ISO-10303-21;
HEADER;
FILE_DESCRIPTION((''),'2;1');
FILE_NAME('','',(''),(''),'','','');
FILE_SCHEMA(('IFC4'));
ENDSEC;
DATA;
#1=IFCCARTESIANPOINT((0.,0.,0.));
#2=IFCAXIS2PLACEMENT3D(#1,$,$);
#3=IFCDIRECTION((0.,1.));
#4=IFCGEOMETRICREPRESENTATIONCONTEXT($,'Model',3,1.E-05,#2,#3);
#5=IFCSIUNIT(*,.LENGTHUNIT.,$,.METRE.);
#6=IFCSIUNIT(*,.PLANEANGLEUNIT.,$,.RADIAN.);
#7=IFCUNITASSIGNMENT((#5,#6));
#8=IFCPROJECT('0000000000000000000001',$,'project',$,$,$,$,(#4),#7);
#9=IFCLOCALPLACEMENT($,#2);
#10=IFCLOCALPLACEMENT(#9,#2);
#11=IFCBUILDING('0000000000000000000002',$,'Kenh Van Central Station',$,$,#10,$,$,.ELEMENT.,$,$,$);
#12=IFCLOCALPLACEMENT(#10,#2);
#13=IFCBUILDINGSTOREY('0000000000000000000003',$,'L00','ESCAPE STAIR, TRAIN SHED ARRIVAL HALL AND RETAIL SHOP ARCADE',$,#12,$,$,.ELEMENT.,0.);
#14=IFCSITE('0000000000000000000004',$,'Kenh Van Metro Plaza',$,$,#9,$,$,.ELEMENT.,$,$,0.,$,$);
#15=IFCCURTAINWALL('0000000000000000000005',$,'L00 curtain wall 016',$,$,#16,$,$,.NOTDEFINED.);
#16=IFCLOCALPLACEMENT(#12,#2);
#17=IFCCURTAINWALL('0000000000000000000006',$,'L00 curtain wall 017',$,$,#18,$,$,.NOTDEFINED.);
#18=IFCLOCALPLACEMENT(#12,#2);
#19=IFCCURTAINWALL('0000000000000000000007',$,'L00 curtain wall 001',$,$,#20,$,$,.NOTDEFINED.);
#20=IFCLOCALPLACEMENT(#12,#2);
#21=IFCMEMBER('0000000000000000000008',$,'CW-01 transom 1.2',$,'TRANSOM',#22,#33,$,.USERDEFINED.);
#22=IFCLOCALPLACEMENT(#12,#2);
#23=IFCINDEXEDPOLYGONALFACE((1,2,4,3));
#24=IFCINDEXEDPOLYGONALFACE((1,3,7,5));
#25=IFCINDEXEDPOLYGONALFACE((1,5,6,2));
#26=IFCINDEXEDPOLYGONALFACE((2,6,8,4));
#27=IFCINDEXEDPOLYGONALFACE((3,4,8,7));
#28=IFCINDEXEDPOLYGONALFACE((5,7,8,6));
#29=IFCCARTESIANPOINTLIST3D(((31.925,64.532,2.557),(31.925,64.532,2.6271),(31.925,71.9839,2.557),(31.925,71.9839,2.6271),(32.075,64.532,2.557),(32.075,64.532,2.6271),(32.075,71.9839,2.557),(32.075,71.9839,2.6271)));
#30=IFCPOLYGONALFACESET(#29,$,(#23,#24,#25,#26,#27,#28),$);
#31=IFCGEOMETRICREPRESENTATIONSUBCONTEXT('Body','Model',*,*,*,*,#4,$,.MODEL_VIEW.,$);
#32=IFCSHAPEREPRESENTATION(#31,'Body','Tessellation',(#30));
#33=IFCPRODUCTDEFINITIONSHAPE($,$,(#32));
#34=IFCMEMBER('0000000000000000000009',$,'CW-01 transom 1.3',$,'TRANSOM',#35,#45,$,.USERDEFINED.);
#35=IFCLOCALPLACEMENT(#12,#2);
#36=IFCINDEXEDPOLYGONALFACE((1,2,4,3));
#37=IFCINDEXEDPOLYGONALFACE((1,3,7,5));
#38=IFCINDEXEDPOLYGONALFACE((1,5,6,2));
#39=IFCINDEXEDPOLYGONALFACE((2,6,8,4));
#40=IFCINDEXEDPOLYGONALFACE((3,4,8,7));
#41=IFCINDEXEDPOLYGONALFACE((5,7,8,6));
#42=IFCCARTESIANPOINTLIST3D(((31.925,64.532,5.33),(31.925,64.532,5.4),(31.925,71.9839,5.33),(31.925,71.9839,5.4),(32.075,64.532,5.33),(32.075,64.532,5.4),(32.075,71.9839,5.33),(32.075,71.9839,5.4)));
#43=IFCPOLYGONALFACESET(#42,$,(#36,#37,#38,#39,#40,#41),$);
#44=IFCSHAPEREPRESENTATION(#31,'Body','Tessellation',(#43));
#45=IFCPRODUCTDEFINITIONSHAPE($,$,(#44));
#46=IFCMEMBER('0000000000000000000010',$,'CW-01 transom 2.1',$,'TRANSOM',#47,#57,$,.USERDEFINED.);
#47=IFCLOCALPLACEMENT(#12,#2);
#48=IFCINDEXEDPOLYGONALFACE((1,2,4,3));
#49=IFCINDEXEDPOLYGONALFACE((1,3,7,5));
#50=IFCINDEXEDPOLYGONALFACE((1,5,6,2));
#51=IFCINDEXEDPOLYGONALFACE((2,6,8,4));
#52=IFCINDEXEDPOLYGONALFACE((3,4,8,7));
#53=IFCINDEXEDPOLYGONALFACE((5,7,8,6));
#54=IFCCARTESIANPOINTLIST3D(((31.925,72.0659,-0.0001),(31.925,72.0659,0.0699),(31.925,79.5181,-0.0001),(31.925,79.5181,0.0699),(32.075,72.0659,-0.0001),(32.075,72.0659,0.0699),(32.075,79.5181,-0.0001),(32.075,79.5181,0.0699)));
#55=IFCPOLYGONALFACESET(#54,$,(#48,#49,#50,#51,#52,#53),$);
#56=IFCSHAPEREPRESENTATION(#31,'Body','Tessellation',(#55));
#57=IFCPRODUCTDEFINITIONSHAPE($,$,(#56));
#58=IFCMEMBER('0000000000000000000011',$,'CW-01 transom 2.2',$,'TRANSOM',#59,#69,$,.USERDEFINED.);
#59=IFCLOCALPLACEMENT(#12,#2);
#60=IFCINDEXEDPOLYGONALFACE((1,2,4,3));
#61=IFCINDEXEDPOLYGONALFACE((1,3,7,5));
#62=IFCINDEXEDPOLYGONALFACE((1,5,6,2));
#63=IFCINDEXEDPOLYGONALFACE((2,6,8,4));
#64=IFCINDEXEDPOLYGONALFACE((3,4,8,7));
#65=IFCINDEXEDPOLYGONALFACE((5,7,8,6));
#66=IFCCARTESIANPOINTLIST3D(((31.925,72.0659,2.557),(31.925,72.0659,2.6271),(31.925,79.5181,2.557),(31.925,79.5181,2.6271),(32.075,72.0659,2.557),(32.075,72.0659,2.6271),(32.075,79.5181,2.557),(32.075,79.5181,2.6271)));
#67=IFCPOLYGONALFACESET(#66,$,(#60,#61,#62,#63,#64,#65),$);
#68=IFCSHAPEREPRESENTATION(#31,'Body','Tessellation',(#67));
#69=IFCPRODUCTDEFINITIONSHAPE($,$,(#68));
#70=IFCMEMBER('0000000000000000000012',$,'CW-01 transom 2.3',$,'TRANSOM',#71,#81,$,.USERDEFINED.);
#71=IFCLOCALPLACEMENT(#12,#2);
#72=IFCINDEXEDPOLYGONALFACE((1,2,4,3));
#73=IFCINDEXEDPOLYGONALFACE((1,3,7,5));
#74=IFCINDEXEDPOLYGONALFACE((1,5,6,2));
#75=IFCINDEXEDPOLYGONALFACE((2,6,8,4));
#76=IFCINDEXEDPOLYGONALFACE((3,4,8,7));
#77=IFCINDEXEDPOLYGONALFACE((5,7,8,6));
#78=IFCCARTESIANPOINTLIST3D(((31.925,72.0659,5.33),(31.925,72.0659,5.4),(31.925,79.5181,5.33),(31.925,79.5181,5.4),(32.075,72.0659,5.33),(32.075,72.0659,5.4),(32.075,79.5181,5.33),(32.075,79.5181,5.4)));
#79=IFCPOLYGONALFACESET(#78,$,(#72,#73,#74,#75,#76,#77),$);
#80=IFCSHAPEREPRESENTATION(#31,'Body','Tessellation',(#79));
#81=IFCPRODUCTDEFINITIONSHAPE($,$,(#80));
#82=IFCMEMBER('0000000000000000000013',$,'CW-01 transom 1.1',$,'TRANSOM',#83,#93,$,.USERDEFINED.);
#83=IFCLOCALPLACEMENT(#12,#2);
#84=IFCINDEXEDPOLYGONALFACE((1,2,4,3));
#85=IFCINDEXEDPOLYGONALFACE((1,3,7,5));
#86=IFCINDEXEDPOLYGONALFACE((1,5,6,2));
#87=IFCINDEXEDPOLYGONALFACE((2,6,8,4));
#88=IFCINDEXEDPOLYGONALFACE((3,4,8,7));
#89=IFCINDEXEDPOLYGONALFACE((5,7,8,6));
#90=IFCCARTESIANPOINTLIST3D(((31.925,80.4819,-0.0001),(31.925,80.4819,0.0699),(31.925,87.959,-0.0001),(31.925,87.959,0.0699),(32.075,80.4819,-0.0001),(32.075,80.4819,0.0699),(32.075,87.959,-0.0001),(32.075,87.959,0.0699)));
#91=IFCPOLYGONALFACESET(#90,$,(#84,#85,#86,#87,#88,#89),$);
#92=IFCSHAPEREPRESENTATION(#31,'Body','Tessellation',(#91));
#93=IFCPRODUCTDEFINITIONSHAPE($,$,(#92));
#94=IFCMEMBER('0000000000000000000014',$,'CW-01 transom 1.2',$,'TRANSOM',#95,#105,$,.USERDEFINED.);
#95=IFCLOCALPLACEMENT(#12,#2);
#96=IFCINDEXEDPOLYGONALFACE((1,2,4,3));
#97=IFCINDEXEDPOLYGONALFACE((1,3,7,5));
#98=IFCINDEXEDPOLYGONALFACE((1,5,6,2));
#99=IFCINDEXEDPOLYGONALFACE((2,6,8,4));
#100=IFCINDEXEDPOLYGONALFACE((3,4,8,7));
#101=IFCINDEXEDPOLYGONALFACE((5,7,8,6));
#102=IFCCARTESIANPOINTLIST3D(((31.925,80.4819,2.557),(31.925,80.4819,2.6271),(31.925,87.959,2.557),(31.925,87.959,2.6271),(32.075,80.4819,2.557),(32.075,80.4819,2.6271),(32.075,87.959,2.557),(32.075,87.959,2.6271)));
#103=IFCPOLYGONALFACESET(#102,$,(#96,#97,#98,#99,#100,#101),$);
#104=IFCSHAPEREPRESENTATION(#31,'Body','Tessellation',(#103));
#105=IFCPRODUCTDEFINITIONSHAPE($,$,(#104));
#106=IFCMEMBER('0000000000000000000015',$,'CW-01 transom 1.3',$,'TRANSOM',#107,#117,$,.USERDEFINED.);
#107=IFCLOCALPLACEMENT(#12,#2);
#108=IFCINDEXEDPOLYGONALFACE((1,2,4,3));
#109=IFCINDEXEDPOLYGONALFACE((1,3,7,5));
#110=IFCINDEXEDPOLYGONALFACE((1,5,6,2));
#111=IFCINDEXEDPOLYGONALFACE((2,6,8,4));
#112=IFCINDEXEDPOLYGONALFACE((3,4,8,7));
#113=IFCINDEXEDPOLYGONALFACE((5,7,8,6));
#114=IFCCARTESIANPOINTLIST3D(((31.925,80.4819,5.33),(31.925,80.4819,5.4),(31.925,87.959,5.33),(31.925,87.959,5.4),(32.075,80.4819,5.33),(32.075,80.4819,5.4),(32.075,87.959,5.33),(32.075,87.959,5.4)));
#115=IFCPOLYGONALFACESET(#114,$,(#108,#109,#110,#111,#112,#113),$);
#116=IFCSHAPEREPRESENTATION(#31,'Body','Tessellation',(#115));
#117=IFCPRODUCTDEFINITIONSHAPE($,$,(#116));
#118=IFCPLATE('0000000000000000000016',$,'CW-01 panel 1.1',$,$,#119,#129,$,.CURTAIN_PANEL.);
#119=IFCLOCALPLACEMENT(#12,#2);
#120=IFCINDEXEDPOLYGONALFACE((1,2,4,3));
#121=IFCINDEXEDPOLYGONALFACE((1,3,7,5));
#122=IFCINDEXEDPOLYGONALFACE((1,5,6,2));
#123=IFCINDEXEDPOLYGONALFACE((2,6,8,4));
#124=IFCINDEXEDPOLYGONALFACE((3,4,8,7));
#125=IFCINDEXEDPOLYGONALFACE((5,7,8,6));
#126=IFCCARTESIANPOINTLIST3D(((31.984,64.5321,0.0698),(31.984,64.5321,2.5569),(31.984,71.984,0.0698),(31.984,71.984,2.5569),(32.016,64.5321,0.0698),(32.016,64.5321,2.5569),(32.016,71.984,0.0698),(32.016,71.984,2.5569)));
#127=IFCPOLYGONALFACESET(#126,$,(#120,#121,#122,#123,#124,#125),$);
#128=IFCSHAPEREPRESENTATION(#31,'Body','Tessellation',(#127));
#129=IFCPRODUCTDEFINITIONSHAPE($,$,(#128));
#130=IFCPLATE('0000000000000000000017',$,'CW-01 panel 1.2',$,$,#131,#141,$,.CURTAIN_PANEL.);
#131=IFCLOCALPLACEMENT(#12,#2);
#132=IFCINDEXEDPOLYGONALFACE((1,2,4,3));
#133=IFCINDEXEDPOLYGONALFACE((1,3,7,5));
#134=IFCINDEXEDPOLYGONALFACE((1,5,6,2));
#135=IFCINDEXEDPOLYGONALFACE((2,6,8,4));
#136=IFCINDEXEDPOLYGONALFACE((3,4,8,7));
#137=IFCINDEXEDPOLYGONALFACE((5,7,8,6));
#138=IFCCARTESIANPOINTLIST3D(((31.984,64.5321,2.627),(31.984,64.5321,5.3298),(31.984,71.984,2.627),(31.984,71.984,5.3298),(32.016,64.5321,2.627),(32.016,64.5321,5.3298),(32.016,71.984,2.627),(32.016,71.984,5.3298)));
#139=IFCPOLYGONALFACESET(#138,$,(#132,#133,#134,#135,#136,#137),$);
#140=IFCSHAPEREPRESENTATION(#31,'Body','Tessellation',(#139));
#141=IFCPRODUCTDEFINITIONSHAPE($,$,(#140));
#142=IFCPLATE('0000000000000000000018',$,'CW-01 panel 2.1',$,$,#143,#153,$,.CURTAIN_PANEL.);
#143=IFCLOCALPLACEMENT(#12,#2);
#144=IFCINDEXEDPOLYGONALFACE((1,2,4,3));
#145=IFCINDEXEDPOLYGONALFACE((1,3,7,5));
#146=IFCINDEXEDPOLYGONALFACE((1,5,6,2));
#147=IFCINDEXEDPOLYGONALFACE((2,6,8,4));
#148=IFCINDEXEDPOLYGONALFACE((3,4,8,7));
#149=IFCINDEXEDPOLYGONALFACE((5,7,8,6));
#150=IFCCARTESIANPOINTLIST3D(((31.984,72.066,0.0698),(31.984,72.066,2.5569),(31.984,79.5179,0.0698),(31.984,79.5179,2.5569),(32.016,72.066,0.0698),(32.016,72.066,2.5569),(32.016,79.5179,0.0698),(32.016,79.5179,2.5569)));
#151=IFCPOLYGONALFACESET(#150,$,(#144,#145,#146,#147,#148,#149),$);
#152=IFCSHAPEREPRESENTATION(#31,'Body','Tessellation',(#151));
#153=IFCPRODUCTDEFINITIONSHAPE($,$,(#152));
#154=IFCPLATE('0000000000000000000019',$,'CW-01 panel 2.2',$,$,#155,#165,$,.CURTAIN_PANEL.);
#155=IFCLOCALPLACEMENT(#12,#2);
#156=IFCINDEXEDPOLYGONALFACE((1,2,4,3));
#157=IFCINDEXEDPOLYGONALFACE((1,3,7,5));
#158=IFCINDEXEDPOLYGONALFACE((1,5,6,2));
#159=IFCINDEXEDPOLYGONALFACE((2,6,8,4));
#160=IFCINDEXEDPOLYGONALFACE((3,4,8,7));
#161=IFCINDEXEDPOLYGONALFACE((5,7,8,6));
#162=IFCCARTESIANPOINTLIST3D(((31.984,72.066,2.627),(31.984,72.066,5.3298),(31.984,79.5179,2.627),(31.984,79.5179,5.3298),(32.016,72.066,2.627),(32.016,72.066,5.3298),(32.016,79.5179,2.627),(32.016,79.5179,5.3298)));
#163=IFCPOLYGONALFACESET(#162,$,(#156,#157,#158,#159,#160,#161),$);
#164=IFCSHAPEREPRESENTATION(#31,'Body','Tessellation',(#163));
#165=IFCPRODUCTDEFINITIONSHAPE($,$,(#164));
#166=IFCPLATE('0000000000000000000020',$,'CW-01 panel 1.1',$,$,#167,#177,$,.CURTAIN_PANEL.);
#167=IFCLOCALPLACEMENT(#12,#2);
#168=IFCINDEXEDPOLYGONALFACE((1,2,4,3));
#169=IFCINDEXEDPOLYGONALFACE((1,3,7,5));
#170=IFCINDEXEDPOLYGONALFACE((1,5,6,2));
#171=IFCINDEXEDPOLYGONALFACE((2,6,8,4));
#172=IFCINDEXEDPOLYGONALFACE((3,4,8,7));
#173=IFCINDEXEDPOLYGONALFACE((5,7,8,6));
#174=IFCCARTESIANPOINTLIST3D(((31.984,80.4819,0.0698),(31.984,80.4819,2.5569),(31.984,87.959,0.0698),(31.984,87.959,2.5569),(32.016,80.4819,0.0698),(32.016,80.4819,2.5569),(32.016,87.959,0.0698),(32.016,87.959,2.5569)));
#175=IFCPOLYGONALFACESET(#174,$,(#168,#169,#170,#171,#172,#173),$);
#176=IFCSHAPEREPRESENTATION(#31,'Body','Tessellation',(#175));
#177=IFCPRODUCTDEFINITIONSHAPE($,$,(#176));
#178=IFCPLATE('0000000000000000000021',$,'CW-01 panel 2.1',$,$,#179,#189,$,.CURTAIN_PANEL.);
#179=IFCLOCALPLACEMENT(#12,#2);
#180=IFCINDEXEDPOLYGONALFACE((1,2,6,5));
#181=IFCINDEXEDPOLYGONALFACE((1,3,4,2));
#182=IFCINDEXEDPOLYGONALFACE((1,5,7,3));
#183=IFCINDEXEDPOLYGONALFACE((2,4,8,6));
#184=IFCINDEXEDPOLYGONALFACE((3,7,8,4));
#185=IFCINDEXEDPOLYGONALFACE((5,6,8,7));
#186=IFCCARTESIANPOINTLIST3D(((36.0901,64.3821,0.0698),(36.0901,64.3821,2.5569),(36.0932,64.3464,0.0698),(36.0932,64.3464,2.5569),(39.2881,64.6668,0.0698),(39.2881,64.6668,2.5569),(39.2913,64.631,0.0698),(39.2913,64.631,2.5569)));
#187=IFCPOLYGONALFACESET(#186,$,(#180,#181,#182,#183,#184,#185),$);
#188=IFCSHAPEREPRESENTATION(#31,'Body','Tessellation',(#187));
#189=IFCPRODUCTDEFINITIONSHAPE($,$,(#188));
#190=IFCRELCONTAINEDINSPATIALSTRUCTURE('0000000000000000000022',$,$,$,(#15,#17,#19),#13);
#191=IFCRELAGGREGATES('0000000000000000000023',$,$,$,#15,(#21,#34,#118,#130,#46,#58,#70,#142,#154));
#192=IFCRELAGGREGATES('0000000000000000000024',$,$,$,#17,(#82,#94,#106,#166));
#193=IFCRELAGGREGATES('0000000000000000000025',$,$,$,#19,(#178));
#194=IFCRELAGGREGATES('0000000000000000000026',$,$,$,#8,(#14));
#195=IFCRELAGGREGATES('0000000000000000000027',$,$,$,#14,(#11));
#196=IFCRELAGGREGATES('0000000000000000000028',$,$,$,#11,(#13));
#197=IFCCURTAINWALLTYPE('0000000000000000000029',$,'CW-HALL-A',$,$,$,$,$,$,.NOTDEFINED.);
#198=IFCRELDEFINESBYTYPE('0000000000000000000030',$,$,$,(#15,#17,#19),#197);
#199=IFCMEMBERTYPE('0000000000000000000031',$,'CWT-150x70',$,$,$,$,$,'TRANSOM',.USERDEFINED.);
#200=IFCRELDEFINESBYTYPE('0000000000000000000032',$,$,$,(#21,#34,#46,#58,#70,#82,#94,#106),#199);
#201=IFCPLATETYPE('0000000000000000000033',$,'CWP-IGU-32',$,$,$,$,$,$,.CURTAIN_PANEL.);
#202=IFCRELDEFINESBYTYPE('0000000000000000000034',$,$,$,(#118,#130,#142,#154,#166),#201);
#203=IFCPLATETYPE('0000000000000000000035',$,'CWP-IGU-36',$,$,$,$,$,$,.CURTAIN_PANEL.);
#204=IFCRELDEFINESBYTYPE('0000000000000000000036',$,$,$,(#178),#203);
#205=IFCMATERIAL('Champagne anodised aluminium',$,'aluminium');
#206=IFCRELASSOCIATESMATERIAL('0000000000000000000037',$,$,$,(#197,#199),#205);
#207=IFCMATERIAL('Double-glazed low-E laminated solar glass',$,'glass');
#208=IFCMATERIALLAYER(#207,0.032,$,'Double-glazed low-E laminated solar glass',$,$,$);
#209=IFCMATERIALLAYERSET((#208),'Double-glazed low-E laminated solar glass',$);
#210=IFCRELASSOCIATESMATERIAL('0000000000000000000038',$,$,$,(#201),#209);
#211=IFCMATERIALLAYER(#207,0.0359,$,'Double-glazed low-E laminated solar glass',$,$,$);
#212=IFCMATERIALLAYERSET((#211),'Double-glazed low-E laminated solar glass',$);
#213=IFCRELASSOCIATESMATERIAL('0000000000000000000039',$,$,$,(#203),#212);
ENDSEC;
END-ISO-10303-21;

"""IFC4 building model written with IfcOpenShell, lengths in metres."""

from ifc_helpers import new_model, si_unit, direction, frame, origin, origin_2d, place, context, subcontext, project, spatial, rectangle, extrude, material, layer, layer_set, material_profile, profile_set, type_object, element, aggregate, save


model = new_model("IFC4")

# Units and contexts
model_context = context("Model", 3, precision=1e-05, world=origin(), true_north=direction((0.0, 1.0)))
body_context = subcontext(model_context, "Body", "Model", "MODEL_VIEW")
ifc_project = project(units=[si_unit("LENGTHUNIT", "METRE"), si_unit("PLANEANGLEUNIT", "RADIAN")], contexts=[model_context])

# Site, building, storey
site_placement = place(None, origin())
site = spatial("IfcSite", under=ifc_project, at=site_placement, Name="Kenh Van Metro Plaza", CompositionType="ELEMENT", RefElevation=0.0)
building_placement = place(site_placement, origin())
building = spatial("IfcBuilding", under=site, at=building_placement, Name="Kenh Van Central Station", CompositionType="ELEMENT")
storey_placement = place(building_placement, origin())
storey = spatial("IfcBuildingStorey", under=building, at=storey_placement, Name="L00", Description="ESCAPE STAIR, TRAIN SHED ARRIVAL HALL AND RETAIL SHOP ARCADE", CompositionType="ELEMENT", Elevation=0.0)

# Curtain wall
ifc_material_1 = material(Name="Champagne anodised aluminium", Category="aluminium")
curtain_wall_type = type_object("IfcCurtainWallType", Name="CW-HALL-A", PredefinedType="NOTDEFINED", material=ifc_material_1)
curtain_wall_1_placement = place(storey_placement, origin())
curtain_wall_1 = element("IfcCurtainWall", 1, at=curtain_wall_1_placement, inside=storey, type_object=curtain_wall_type, Name="L00 curtain wall 016", PredefinedType="NOTDEFINED")

# Curtain walls
curtain_wall_2_placement = place(storey_placement, origin())
curtain_wall_2 = element("IfcCurtainWall", 2, at=curtain_wall_2_placement, inside=storey, type_object=curtain_wall_type, Name="L00 curtain wall 017", PredefinedType="NOTDEFINED")
curtain_wall_3_placement = place(storey_placement, origin())
curtain_wall_3 = element("IfcCurtainWall", 3, at=curtain_wall_3_placement, inside=storey, type_object=curtain_wall_type, Name="L00 curtain wall 001", PredefinedType="NOTDEFINED")

# Members
ifc_material_profile_1 = material_profile(ifc_material_1, rectangle(XDim=0.1499, YDim=0.0701, at=origin_2d()), Name="AL 150x70")
ifc_profile_set_1 = profile_set([ifc_material_profile_1], Name="Champagne anodised aluminium")
member_type_1 = type_object("IfcMemberType", Name="CWT-150x70", ElementType="TRANSOM", PredefinedType="USERDEFINED", material=ifc_profile_set_1)
member_1_placement = place(storey_placement, frame((32.0, 64.532, 2.592), z_axis=(0.0, 1.0, 0.0), x_axis=(-1.0, 0.0, 0.0)))
member_1 = element("IfcMember", 4, at=member_1_placement, type_object=member_type_1, Name="CW-01 transom 1.2", ObjectType="TRANSOM", PredefinedType="USERDEFINED", context=body_context, shape_type="SweptSolid", body=[
    extrude(rectangle(XDim=0.1499, YDim=0.0701, at=origin_2d()), origin(), (0.0, 0.0, 1.0), 7.4519),
])
member_2_placement = place(storey_placement, frame((32.0, 64.532, 5.365), z_axis=(0.0, 1.0, 0.0), x_axis=(-1.0, 0.0, 0.0)))
member_2 = element("IfcMember", 5, at=member_2_placement, type_object=member_type_1, Name="CW-01 transom 1.3", ObjectType="TRANSOM", PredefinedType="USERDEFINED", context=body_context, shape_type="SweptSolid", body=[
    extrude(rectangle(XDim=0.1499, YDim=0.0701, at=origin_2d()), origin(), (0.0, 0.0, 1.0), 7.4519),
])
member_3_placement = place(storey_placement, frame((32.0, 72.0659, 0.0349), z_axis=(0.0, 1.0, 0.0), x_axis=(-1.0, 0.0, 0.0)))
member_3 = element("IfcMember", 6, at=member_3_placement, type_object=member_type_1, Name="CW-01 transom 2.1", ObjectType="TRANSOM", PredefinedType="USERDEFINED", context=body_context, shape_type="SweptSolid", body=[
    extrude(rectangle(XDim=0.1499, YDim=0.0701, at=origin_2d()), origin(), (0.0, 0.0, 1.0), 7.4521),
])
member_4_placement = place(storey_placement, frame((32.0, 72.0659, 2.592), z_axis=(0.0, 1.0, 0.0), x_axis=(-1.0, 0.0, 0.0)))
member_4 = element("IfcMember", 7, at=member_4_placement, type_object=member_type_1, Name="CW-01 transom 2.2", ObjectType="TRANSOM", PredefinedType="USERDEFINED", context=body_context, shape_type="SweptSolid", body=[
    extrude(rectangle(XDim=0.1499, YDim=0.0701, at=origin_2d()), origin(), (0.0, 0.0, 1.0), 7.4521),
])
member_5_placement = place(storey_placement, frame((32.0, 72.0659, 5.365), z_axis=(0.0, 1.0, 0.0), x_axis=(-1.0, 0.0, 0.0)))
member_5 = element("IfcMember", 8, at=member_5_placement, type_object=member_type_1, Name="CW-01 transom 2.3", ObjectType="TRANSOM", PredefinedType="USERDEFINED", context=body_context, shape_type="SweptSolid", body=[
    extrude(rectangle(XDim=0.1499, YDim=0.0701, at=origin_2d()), origin(), (0.0, 0.0, 1.0), 7.4521),
])
member_6_placement = place(storey_placement, frame((32.0, 80.4819, 0.0349), z_axis=(0.0, 1.0, 0.0), x_axis=(-1.0, 0.0, 0.0)))
member_6 = element("IfcMember", 9, at=member_6_placement, type_object=member_type_1, Name="CW-01 transom 1.1", ObjectType="TRANSOM", PredefinedType="USERDEFINED", context=body_context, shape_type="SweptSolid", body=[
    extrude(rectangle(XDim=0.1499, YDim=0.0701, at=origin_2d()), origin(), (0.0, 0.0, 1.0), 7.4771),
])
member_7_placement = place(storey_placement, frame((32.0, 80.4819, 2.592), z_axis=(0.0, 1.0, 0.0), x_axis=(-1.0, 0.0, 0.0)))
member_7 = element("IfcMember", 10, at=member_7_placement, type_object=member_type_1, Name="CW-01 transom 1.2", ObjectType="TRANSOM", PredefinedType="USERDEFINED", context=body_context, shape_type="SweptSolid", body=[
    extrude(rectangle(XDim=0.1499, YDim=0.0701, at=origin_2d()), origin(), (0.0, 0.0, 1.0), 7.4771),
])
member_8_placement = place(storey_placement, frame((32.0, 80.4819, 5.365), z_axis=(0.0, 1.0, 0.0), x_axis=(-1.0, 0.0, 0.0)))
member_8 = element("IfcMember", 11, at=member_8_placement, type_object=member_type_1, Name="CW-01 transom 1.3", ObjectType="TRANSOM", PredefinedType="USERDEFINED", context=body_context, shape_type="SweptSolid", body=[
    extrude(rectangle(XDim=0.1499, YDim=0.0701, at=origin_2d()), origin(), (0.0, 0.0, 1.0), 7.4771),
])

# Plates
ifc_material_2 = material(Name="Double-glazed low-E laminated solar glass", Category="glass")
ifc_layer_1 = layer(ifc_material_2, 0.032, Name="Double-glazed low-E laminated solar glass")
ifc_layer_set_1 = layer_set([ifc_layer_1], Name="Double-glazed low-E laminated solar glass")
plate_type_1 = type_object("IfcPlateType", Name="CWP-IGU-32", PredefinedType="CURTAIN_PANEL", material=ifc_layer_set_1)
plate_1_placement = place(storey_placement, frame((32.0, 68.2581, 0.0698), z_axis=(0.0, 0.0, 1.0), x_axis=(0.0, 1.0, 0.0)))
plate_1 = element("IfcPlate", 12, at=plate_1_placement, type_object=plate_type_1, Name="CW-01 panel 1.1", PredefinedType="CURTAIN_PANEL", context=body_context, shape_type="SweptSolid", body=[
    extrude(rectangle(XDim=7.4519, YDim=0.032, at=origin_2d()), origin(), (0.0, 0.0, 1.0), 2.4871),
])
plate_2_placement = place(storey_placement, frame((32.0, 68.2581, 2.627), z_axis=(0.0, 0.0, 1.0), x_axis=(0.0, 1.0, 0.0)))
plate_2 = element("IfcPlate", 13, at=plate_2_placement, type_object=plate_type_1, Name="CW-01 panel 1.2", PredefinedType="CURTAIN_PANEL", context=body_context, shape_type="SweptSolid", body=[
    extrude(rectangle(XDim=7.4519, YDim=0.032, at=origin_2d()), origin(), (0.0, 0.0, 1.0), 2.7029),
])
plate_3_placement = place(storey_placement, frame((32.0, 75.792, 0.0698), z_axis=(0.0, 0.0, 1.0), x_axis=(0.0, 1.0, 0.0)))
plate_3 = element("IfcPlate", 14, at=plate_3_placement, type_object=plate_type_1, Name="CW-01 panel 2.1", PredefinedType="CURTAIN_PANEL", context=body_context, shape_type="SweptSolid", body=[
    extrude(rectangle(XDim=7.4519, YDim=0.032, at=origin_2d()), origin(), (0.0, 0.0, 1.0), 2.4871),
])
plate_4_placement = place(storey_placement, frame((32.0, 75.792, 2.627), z_axis=(0.0, 0.0, 1.0), x_axis=(0.0, 1.0, 0.0)))
plate_4 = element("IfcPlate", 15, at=plate_4_placement, type_object=plate_type_1, Name="CW-01 panel 2.2", PredefinedType="CURTAIN_PANEL", context=body_context, shape_type="SweptSolid", body=[
    extrude(rectangle(XDim=7.4519, YDim=0.032, at=origin_2d()), origin(), (0.0, 0.0, 1.0), 2.7029),
])
aggregate(curtain_wall_1, [member_1, member_2, plate_1, plate_2, member_3, member_4, member_5, plate_3, plate_4])
plate_5_placement = place(storey_placement, frame((32.0, 84.2205, 0.0698), z_axis=(0.0, 0.0, 1.0), x_axis=(0.0, 1.0, 0.0)))
plate_5 = element("IfcPlate", 16, at=plate_5_placement, type_object=plate_type_1, Name="CW-01 panel 1.1", PredefinedType="CURTAIN_PANEL", context=body_context, shape_type="SweptSolid", body=[
    extrude(rectangle(XDim=7.4771, YDim=0.032, at=origin_2d()), origin(), (0.0, 0.0, 1.0), 2.4871),
])
aggregate(curtain_wall_2, [member_6, member_7, member_8, plate_5])
ifc_layer_2 = layer(ifc_material_2, 0.0359, Name="Double-glazed low-E laminated solar glass")
ifc_layer_set_2 = layer_set([ifc_layer_2], Name="Double-glazed low-E laminated solar glass")
plate_type_2 = type_object("IfcPlateType", Name="CWP-IGU-36", PredefinedType="CURTAIN_PANEL", material=ifc_layer_set_2)
plate_6_placement = place(storey_placement, frame((37.6907, 64.5066, 0.0698), z_axis=(0.0, 0.0, 1.0), x_axis=(0.996062, 0.08866, 0.0)))
plate_6 = element("IfcPlate", 17, at=plate_6_placement, type_object=plate_type_2, Name="CW-01 panel 2.1", PredefinedType="CURTAIN_PANEL", context=body_context, shape_type="SweptSolid", body=[
    extrude(rectangle(XDim=3.2107, YDim=0.0359, at=origin_2d()), origin(), (0.0, 0.0, 1.0), 2.4871),
])
aggregate(curtain_wall_3, [plate_6])

save(model, "model.ifc")
